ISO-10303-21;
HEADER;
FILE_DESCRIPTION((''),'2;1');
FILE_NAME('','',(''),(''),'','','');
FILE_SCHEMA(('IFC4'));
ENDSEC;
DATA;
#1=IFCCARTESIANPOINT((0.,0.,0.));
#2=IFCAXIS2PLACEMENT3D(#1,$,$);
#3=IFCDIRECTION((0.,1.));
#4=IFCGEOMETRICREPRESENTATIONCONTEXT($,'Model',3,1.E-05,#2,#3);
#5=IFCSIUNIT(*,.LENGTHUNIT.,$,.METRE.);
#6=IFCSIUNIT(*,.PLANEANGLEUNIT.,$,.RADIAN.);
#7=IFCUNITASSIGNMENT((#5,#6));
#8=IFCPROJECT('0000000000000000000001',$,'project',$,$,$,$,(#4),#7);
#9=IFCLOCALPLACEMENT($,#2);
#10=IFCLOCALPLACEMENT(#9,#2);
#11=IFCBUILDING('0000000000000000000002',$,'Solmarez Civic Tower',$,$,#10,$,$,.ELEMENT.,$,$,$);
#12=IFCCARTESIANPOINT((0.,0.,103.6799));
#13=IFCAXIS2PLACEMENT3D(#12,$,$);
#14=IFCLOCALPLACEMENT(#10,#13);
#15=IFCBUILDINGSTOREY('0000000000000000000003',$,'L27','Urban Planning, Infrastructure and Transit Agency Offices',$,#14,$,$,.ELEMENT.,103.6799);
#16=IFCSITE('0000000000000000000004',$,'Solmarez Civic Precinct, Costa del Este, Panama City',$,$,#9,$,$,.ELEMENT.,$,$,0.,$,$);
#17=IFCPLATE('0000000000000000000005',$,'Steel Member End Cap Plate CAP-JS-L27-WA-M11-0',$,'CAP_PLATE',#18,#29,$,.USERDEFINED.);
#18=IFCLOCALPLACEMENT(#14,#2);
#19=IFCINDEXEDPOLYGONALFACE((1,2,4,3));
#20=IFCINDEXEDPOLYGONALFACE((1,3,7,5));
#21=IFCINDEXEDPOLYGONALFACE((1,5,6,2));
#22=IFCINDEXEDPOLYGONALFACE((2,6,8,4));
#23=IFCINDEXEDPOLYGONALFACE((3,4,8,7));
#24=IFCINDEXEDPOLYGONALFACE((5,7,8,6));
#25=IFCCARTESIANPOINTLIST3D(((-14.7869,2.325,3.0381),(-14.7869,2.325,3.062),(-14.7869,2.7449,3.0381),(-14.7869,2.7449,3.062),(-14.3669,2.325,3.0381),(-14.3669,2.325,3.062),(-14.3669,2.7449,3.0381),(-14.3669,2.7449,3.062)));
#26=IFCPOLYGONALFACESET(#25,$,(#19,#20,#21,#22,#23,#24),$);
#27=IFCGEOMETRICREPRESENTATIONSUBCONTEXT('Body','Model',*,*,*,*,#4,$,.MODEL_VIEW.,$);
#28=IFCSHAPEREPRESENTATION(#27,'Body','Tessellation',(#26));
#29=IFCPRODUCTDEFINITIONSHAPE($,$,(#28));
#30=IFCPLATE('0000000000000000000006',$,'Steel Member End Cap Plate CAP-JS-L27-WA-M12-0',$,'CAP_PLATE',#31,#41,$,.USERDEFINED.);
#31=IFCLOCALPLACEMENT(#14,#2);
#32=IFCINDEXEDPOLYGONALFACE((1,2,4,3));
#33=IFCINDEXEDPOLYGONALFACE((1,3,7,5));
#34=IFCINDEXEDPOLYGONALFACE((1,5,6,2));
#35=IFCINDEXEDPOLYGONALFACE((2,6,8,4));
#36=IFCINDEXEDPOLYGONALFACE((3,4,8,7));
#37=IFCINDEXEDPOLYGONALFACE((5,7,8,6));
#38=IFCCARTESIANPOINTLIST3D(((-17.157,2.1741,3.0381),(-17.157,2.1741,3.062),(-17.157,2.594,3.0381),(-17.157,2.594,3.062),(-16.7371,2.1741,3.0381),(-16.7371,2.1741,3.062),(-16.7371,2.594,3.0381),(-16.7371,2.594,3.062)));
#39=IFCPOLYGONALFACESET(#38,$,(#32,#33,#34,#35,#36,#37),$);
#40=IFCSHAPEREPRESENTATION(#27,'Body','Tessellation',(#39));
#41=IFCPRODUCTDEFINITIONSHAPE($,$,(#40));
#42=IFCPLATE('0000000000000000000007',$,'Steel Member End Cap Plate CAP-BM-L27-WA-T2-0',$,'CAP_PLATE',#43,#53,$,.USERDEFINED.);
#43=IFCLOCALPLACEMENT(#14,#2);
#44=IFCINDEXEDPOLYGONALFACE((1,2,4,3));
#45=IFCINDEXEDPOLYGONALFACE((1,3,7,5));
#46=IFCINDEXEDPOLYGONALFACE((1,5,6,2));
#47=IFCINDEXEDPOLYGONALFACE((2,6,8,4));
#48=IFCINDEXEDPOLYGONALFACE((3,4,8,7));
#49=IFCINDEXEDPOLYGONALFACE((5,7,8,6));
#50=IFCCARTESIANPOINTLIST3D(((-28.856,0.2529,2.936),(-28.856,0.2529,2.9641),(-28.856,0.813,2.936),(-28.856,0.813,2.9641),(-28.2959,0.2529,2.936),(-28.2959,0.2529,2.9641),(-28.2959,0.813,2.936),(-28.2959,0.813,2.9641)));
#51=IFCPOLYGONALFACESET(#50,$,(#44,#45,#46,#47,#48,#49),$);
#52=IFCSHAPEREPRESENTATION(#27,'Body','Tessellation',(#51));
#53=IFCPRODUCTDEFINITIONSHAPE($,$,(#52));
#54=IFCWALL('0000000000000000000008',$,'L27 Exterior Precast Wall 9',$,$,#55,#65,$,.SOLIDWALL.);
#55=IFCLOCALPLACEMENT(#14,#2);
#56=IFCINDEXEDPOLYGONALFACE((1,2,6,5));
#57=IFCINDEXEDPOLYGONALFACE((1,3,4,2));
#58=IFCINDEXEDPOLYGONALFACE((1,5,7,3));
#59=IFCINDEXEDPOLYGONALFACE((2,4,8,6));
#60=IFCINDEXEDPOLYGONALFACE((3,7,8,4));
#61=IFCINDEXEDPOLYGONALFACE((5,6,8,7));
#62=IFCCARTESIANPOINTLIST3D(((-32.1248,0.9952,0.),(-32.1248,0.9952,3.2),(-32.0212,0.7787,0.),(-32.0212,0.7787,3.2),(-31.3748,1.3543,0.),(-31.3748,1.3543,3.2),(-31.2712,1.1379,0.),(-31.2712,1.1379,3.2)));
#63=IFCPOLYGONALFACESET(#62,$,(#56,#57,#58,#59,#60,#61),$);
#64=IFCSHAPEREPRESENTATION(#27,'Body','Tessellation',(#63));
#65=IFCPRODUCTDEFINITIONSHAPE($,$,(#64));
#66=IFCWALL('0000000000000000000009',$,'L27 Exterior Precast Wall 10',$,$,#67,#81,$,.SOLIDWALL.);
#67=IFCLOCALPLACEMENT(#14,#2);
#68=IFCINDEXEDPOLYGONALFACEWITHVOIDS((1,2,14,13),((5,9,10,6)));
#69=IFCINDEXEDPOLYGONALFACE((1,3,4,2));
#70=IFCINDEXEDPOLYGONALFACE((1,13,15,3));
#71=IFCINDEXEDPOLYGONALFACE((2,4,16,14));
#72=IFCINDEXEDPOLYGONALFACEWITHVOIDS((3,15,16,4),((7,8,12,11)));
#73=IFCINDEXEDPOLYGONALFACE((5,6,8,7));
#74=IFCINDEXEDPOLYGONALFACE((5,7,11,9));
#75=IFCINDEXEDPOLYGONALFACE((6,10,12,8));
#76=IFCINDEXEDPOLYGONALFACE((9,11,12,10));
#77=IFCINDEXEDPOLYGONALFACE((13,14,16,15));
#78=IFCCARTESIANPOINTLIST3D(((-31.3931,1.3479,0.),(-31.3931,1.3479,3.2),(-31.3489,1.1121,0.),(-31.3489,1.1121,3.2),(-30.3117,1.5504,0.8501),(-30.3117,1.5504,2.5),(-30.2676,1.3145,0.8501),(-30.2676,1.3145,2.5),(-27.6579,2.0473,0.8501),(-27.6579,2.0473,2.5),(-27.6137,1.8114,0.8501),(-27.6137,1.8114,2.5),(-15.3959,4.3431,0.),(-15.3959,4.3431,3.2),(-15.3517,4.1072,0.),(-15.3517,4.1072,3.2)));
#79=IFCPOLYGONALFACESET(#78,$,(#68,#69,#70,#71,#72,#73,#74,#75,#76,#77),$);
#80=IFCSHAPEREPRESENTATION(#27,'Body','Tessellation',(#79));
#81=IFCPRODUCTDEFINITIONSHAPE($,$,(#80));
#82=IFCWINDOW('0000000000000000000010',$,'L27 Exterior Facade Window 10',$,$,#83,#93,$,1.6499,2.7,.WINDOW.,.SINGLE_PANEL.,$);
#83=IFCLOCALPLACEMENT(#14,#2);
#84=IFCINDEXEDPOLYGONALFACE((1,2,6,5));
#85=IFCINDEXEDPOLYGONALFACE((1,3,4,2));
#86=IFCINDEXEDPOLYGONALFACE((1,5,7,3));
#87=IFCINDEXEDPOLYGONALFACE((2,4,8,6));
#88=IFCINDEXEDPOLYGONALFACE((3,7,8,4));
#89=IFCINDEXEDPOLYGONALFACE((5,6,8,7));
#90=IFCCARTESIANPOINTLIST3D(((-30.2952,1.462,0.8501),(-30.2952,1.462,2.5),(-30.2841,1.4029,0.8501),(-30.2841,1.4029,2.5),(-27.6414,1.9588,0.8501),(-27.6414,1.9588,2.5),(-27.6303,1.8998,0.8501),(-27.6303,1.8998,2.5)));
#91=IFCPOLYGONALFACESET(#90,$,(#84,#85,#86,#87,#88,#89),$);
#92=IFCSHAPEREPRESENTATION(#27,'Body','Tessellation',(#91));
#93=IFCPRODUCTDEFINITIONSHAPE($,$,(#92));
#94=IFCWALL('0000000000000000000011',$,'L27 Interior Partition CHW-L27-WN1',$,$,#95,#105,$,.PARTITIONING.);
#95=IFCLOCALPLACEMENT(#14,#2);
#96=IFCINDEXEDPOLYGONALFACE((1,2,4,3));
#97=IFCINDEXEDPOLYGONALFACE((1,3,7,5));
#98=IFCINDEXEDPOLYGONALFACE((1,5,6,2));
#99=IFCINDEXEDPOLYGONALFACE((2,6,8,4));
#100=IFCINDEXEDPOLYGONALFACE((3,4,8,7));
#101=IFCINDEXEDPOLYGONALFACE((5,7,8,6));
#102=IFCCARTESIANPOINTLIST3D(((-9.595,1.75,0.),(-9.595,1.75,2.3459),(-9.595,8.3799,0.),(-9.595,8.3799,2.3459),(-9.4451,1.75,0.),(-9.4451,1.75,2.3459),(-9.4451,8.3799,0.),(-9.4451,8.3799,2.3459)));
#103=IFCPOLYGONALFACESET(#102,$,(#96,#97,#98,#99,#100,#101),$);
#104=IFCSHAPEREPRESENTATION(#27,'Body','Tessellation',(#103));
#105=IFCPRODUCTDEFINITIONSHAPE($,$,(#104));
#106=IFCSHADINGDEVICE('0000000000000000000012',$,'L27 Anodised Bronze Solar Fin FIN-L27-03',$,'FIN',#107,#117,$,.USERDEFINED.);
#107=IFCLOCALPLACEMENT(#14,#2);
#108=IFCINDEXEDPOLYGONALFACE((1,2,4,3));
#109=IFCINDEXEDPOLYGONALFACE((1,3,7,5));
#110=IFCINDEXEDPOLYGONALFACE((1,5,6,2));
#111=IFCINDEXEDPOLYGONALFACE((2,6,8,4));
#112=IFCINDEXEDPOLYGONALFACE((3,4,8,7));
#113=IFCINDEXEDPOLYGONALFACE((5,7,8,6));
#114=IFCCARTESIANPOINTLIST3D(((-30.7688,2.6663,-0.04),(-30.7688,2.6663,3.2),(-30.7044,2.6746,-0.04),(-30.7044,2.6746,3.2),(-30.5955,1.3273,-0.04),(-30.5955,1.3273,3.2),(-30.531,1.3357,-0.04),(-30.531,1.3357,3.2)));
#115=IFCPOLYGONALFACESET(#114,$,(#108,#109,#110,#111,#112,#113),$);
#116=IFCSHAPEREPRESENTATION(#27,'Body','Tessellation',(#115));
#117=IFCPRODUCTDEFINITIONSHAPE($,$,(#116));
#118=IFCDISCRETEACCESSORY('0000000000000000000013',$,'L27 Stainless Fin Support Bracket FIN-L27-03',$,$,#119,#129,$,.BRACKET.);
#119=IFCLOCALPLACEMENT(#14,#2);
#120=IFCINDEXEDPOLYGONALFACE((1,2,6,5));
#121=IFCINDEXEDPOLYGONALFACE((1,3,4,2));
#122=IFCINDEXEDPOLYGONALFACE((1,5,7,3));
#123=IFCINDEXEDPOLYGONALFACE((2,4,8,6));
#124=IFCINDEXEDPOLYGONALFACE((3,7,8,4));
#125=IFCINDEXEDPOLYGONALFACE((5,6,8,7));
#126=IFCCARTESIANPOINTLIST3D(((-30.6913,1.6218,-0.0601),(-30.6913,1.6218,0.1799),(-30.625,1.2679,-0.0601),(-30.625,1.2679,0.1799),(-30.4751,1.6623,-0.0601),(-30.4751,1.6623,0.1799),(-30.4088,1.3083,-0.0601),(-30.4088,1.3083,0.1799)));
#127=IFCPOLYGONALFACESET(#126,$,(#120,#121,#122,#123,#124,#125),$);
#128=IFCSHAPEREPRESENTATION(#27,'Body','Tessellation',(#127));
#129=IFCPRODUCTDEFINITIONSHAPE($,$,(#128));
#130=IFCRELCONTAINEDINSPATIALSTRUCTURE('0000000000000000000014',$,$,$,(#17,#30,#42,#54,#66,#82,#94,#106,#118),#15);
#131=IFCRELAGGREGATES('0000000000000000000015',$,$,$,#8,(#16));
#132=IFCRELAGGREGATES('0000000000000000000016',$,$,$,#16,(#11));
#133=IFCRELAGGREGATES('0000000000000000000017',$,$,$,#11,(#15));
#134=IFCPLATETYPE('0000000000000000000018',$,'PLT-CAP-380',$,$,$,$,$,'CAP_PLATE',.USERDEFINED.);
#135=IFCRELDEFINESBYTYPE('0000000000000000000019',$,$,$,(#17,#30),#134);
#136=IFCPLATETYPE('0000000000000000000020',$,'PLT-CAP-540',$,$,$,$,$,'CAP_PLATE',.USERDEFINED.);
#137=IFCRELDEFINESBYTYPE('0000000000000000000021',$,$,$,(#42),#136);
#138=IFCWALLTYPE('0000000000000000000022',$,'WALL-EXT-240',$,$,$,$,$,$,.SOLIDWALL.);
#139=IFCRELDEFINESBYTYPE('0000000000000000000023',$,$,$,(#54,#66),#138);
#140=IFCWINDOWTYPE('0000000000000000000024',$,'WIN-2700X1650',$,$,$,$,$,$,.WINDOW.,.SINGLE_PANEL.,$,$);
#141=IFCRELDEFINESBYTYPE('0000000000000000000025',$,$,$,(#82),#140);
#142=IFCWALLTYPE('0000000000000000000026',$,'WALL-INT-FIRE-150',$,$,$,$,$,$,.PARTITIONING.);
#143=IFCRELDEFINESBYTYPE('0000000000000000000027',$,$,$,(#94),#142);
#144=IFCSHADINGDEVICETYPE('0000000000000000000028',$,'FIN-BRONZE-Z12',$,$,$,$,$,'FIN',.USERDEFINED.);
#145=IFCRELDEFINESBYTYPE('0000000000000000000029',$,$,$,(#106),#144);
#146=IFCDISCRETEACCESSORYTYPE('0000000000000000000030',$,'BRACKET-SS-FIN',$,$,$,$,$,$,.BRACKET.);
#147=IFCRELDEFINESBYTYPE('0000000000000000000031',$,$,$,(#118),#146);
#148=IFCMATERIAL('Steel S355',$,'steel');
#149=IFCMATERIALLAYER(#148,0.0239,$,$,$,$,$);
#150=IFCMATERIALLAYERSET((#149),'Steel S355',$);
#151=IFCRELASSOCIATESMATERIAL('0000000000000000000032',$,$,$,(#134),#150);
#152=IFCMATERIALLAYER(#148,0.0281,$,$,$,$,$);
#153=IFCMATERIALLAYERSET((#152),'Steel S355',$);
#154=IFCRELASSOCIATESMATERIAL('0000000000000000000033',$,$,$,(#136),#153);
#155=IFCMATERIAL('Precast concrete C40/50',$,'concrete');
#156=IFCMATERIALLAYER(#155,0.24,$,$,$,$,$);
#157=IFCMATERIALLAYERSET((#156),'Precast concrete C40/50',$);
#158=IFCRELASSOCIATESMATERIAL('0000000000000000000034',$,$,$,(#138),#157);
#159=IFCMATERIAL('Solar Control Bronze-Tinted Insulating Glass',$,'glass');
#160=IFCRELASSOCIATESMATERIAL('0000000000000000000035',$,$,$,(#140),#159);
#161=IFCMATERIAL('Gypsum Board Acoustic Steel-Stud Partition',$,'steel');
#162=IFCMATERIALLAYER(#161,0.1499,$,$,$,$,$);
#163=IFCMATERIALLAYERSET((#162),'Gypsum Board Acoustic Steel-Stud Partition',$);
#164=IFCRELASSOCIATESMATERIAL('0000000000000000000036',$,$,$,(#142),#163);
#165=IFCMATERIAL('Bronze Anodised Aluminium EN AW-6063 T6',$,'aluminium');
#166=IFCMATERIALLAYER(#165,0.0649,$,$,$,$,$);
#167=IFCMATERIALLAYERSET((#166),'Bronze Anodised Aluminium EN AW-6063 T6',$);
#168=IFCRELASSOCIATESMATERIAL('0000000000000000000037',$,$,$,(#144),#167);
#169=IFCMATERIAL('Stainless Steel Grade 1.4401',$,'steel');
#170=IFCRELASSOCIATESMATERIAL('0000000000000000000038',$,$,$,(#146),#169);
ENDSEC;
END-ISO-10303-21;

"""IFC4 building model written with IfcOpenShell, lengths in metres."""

from ifc_helpers import new_model, si_unit, direction, frame, frame_2d, origin, origin_2d, place, context, subcontext, project, spatial, rectangle, extrude, material, layer, layer_set, type_object, element, fill, save


model = new_model("IFC4")

# Units and contexts
model_context = context("Model", 3, precision=1e-05, world=origin(), true_north=direction((0.0, 1.0)))
body_context = subcontext(model_context, "Body", "Model", "MODEL_VIEW")
ifc_project = project(units=[si_unit("LENGTHUNIT", "METRE"), si_unit("PLANEANGLEUNIT", "RADIAN")], contexts=[model_context])

# Site, building, storey
site_placement = place(None, origin())
site = spatial("IfcSite", under=ifc_project, at=site_placement, Name="Solmarez Civic Precinct, Costa del Este, Panama City", CompositionType="ELEMENT", RefElevation=0.0)
building_placement = place(site_placement, origin())
building = spatial("IfcBuilding", under=site, at=building_placement, Name="Solmarez Civic Tower", CompositionType="ELEMENT")
storey_placement = place(building_placement, frame((0.0, 0.0, 103.6799)))
storey = spatial("IfcBuildingStorey", under=building, at=storey_placement, Name="L27", Description="Urban Planning, Infrastructure and Transit Agency Offices", CompositionType="ELEMENT", Elevation=103.6799)

# Shared definitions
ifc_material_1 = material(Name="Steel S355", Category="steel")

# Plates
ifc_layer_1 = layer(ifc_material_1, 0.0239)
ifc_layer_set_1 = layer_set([ifc_layer_1], Name="Steel S355")
plate_type_1 = type_object("IfcPlateType", Name="PLT-CAP-380", ElementType="CAP_PLATE", PredefinedType="USERDEFINED", material=ifc_layer_set_1)
for number, where, z_axis, x_axis, name in (
    (1, (-14.5769, 2.5349, 3.0381), (0.0, 0.0, 1.0), (1.0, 0.0, 0.0), "Steel Member End Cap Plate CAP-JS-L27-WA-M11-0"),
    (2, (-16.947, 2.384, 3.0381), (0.0, 0.0, 1.0), (1.0, 0.0, 0.0), "Steel Member End Cap Plate CAP-JS-L27-WA-M12-0"),
):
    element("IfcPlate", number, at=place(storey_placement, frame(where, z_axis=z_axis, x_axis=x_axis)), inside=storey, type_object=plate_type_1, Name=name, ObjectType="CAP_PLATE", PredefinedType="USERDEFINED", context=body_context, shape_type="SweptSolid", body=[
        extrude(rectangle(XDim=0.4199, YDim=0.4199, at=origin_2d()), origin(), (0.0, 0.0, 1.0), 0.0239),
    ])
ifc_layer_2 = layer(ifc_material_1, 0.0281)
ifc_layer_set_2 = layer_set([ifc_layer_2], Name="Steel S355")
plate_type_2 = type_object("IfcPlateType", Name="PLT-CAP-540", ElementType="CAP_PLATE", PredefinedType="USERDEFINED", material=ifc_layer_set_2)
plate_placement = place(storey_placement, frame((-28.5759, 0.533, 2.936), z_axis=(0.0, 0.0, 1.0), x_axis=(1.0, 0.0, 0.0)))
element("IfcPlate", 3, at=plate_placement, inside=storey, type_object=plate_type_2, Name="Steel Member End Cap Plate CAP-BM-L27-WA-T2-0", ObjectType="CAP_PLATE", PredefinedType="USERDEFINED", context=body_context, shape_type="SweptSolid", body=[
    extrude(rectangle(XDim=0.5601, YDim=0.5601, at=origin_2d()), origin(), (0.0, 0.0, 1.0), 0.0281),
])

# Wall
ifc_material_2 = material(Name="Precast concrete C40/50", Category="concrete")
ifc_layer_3 = layer(ifc_material_2, 0.24)
ifc_layer_set_3 = layer_set([ifc_layer_3], Name="Precast concrete C40/50")
wall_type_1 = type_object("IfcWallType", Name="WALL-EXT-240", PredefinedType="SOLIDWALL", material=ifc_layer_set_3)
wall_1_placement = place(storey_placement, frame((-32.073, 0.887, 0.0), z_axis=(0.0, 0.0, 1.0), x_axis=(0.90193, 0.431881, 0.0)))
element("IfcWall", 4, at=wall_1_placement, inside=storey, type_object=wall_type_1, Name="L27 Exterior Precast Wall 9", PredefinedType="SOLIDWALL", context=body_context, shape_type="SweptSolid", body=[
    extrude(rectangle(XDim=0.8315, YDim=0.24, at=frame_2d((0.4158, 0.0))), origin(), (0.0, 0.0, 1.0), 3.2),
])

# Wall, opening, window
wall_2_placement = place(storey_placement, frame((-31.3711, 1.23, 0.0), z_axis=(0.0, 0.0, 1.0), x_axis=(0.98292, 0.184031, 0.0)))
wall_2 = element("IfcWall", 5, at=wall_2_placement, inside=storey, type_object=wall_type_1, Name="L27 Exterior Precast Wall 10", PredefinedType="SOLIDWALL", context=body_context, shape_type="SweptSolid", body=[
    extrude(rectangle(XDim=16.2751, YDim=0.24, at=frame_2d((8.1377, 0.0))), origin(), (0.0, 0.0, 1.0), 3.2),
])
opening_placement = place(wall_2_placement, frame((1.1001, 0.0, 0.8501)))
opening = element("IfcOpeningElement", 6, at=opening_placement, cuts=wall_2, PredefinedType="OPENING", context=body_context, shape_type="SweptSolid", body=[
    extrude(rectangle(XDim=2.7, YDim=1.6499, at=frame_2d((1.3501, 0.825))), frame((0.0, 0.1299, 0.0), z_axis=(0.0, -1.0, 0.0), x_axis=(1.0, 0.0, 0.0)), (0.0, 0.0, 1.0), 0.26),
])
ifc_material_3 = material(Name="Solar Control Bronze-Tinted Insulating Glass", Category="glass")
window_type = type_object("IfcWindowType", Name="WIN-2700X1650", PartitioningType="SINGLE_PANEL", PredefinedType="WINDOW", material=ifc_material_3)
window_placement = place(opening_placement, origin())
window = element("IfcWindow", 7, at=window_placement, inside=storey, type_object=window_type, Name="L27 Exterior Facade Window 10", OverallHeight=1.6499, OverallWidth=2.7, PartitioningType="SINGLE_PANEL", PredefinedType="WINDOW", context=body_context, shape_type="SweptSolid", body=[
    extrude(rectangle(XDim=2.7, YDim=1.6499, at=frame_2d((1.3501, 0.825))), frame((0.0, 0.03, 0.0), z_axis=(0.0, -1.0, 0.0), x_axis=(1.0, 0.0, 0.0)), (0.0, 0.0, 1.0), 0.0601),
])
fill(opening, window)

# Wall
ifc_material_4 = material(Name="Gypsum Board Acoustic Steel-Stud Partition", Category="steel")
ifc_layer_4 = layer(ifc_material_4, 0.1499)
ifc_layer_set_4 = layer_set([ifc_layer_4], Name="Gypsum Board Acoustic Steel-Stud Partition")
wall_type_2 = type_object("IfcWallType", Name="WALL-INT-FIRE-150", PredefinedType="PARTITIONING", material=ifc_layer_set_4)
wall_3_placement = place(storey_placement, frame((-9.52, 1.75, 0.0), z_axis=(0.0, 0.0, 1.0), x_axis=(0.0, 1.0, 0.0)))
element("IfcWall", 8, at=wall_3_placement, inside=storey, type_object=wall_type_2, Name="L27 Interior Partition CHW-L27-WN1", PredefinedType="PARTITIONING", context=body_context, shape_type="SweptSolid", body=[
    extrude(rectangle(XDim=6.6299, YDim=0.1499, at=frame_2d((3.3149, 0.0))), origin(), (0.0, 0.0, 1.0), 2.3459),
])

# Shading device
ifc_material_5 = material(Name="Bronze Anodised Aluminium EN AW-6063 T6", Category="aluminium")
ifc_layer_5 = layer(ifc_material_5, 0.0649)
ifc_layer_set_5 = layer_set([ifc_layer_5], Name="Bronze Anodised Aluminium EN AW-6063 T6")
shading_device_type = type_object("IfcShadingDeviceType", Name="FIN-BRONZE-Z12", ElementType="FIN", PredefinedType="USERDEFINED", material=ifc_layer_set_5)
shading_device_placement = place(storey_placement, frame((-30.6499, 2.001, -0.04), z_axis=(0.0, 0.0, 1.0), x_axis=(-0.128363, 0.991727, 0.0)))
element("IfcShadingDevice", 9, at=shading_device_placement, inside=storey, type_object=shading_device_type, Name="L27 Anodised Bronze Solar Fin FIN-L27-03", ObjectType="FIN", PredefinedType="USERDEFINED", context=body_context, shape_type="SweptSolid", body=[
    extrude(rectangle(XDim=1.3501, YDim=0.0649, at=origin_2d()), origin(), (0.0, 0.0, 1.0), 3.24),
])

# Discrete accessory
ifc_material_6 = material(Name="Stainless Steel Grade 1.4401", Category="steel")
discrete_accessory_type = type_object("IfcDiscreteAccessoryType", Name="BRACKET-SS-FIN", PredefinedType="BRACKET", material=ifc_material_6)
discrete_accessory_placement = place(storey_placement, frame((-30.55, 1.4651, -0.0601), z_axis=(0.0, 0.0, 1.0), x_axis=(-0.183982, 0.98293, 0.0)))
element("IfcDiscreteAccessory", 10, at=discrete_accessory_placement, inside=storey, type_object=discrete_accessory_type, Name="L27 Stainless Fin Support Bracket FIN-L27-03", PredefinedType="BRACKET", context=body_context, shape_type="SweptSolid", body=[
    extrude(rectangle(XDim=0.3601, YDim=0.22, at=origin_2d()), origin(), (0.0, 0.0, 1.0), 0.24),
])

save(model, "model.ifc")
